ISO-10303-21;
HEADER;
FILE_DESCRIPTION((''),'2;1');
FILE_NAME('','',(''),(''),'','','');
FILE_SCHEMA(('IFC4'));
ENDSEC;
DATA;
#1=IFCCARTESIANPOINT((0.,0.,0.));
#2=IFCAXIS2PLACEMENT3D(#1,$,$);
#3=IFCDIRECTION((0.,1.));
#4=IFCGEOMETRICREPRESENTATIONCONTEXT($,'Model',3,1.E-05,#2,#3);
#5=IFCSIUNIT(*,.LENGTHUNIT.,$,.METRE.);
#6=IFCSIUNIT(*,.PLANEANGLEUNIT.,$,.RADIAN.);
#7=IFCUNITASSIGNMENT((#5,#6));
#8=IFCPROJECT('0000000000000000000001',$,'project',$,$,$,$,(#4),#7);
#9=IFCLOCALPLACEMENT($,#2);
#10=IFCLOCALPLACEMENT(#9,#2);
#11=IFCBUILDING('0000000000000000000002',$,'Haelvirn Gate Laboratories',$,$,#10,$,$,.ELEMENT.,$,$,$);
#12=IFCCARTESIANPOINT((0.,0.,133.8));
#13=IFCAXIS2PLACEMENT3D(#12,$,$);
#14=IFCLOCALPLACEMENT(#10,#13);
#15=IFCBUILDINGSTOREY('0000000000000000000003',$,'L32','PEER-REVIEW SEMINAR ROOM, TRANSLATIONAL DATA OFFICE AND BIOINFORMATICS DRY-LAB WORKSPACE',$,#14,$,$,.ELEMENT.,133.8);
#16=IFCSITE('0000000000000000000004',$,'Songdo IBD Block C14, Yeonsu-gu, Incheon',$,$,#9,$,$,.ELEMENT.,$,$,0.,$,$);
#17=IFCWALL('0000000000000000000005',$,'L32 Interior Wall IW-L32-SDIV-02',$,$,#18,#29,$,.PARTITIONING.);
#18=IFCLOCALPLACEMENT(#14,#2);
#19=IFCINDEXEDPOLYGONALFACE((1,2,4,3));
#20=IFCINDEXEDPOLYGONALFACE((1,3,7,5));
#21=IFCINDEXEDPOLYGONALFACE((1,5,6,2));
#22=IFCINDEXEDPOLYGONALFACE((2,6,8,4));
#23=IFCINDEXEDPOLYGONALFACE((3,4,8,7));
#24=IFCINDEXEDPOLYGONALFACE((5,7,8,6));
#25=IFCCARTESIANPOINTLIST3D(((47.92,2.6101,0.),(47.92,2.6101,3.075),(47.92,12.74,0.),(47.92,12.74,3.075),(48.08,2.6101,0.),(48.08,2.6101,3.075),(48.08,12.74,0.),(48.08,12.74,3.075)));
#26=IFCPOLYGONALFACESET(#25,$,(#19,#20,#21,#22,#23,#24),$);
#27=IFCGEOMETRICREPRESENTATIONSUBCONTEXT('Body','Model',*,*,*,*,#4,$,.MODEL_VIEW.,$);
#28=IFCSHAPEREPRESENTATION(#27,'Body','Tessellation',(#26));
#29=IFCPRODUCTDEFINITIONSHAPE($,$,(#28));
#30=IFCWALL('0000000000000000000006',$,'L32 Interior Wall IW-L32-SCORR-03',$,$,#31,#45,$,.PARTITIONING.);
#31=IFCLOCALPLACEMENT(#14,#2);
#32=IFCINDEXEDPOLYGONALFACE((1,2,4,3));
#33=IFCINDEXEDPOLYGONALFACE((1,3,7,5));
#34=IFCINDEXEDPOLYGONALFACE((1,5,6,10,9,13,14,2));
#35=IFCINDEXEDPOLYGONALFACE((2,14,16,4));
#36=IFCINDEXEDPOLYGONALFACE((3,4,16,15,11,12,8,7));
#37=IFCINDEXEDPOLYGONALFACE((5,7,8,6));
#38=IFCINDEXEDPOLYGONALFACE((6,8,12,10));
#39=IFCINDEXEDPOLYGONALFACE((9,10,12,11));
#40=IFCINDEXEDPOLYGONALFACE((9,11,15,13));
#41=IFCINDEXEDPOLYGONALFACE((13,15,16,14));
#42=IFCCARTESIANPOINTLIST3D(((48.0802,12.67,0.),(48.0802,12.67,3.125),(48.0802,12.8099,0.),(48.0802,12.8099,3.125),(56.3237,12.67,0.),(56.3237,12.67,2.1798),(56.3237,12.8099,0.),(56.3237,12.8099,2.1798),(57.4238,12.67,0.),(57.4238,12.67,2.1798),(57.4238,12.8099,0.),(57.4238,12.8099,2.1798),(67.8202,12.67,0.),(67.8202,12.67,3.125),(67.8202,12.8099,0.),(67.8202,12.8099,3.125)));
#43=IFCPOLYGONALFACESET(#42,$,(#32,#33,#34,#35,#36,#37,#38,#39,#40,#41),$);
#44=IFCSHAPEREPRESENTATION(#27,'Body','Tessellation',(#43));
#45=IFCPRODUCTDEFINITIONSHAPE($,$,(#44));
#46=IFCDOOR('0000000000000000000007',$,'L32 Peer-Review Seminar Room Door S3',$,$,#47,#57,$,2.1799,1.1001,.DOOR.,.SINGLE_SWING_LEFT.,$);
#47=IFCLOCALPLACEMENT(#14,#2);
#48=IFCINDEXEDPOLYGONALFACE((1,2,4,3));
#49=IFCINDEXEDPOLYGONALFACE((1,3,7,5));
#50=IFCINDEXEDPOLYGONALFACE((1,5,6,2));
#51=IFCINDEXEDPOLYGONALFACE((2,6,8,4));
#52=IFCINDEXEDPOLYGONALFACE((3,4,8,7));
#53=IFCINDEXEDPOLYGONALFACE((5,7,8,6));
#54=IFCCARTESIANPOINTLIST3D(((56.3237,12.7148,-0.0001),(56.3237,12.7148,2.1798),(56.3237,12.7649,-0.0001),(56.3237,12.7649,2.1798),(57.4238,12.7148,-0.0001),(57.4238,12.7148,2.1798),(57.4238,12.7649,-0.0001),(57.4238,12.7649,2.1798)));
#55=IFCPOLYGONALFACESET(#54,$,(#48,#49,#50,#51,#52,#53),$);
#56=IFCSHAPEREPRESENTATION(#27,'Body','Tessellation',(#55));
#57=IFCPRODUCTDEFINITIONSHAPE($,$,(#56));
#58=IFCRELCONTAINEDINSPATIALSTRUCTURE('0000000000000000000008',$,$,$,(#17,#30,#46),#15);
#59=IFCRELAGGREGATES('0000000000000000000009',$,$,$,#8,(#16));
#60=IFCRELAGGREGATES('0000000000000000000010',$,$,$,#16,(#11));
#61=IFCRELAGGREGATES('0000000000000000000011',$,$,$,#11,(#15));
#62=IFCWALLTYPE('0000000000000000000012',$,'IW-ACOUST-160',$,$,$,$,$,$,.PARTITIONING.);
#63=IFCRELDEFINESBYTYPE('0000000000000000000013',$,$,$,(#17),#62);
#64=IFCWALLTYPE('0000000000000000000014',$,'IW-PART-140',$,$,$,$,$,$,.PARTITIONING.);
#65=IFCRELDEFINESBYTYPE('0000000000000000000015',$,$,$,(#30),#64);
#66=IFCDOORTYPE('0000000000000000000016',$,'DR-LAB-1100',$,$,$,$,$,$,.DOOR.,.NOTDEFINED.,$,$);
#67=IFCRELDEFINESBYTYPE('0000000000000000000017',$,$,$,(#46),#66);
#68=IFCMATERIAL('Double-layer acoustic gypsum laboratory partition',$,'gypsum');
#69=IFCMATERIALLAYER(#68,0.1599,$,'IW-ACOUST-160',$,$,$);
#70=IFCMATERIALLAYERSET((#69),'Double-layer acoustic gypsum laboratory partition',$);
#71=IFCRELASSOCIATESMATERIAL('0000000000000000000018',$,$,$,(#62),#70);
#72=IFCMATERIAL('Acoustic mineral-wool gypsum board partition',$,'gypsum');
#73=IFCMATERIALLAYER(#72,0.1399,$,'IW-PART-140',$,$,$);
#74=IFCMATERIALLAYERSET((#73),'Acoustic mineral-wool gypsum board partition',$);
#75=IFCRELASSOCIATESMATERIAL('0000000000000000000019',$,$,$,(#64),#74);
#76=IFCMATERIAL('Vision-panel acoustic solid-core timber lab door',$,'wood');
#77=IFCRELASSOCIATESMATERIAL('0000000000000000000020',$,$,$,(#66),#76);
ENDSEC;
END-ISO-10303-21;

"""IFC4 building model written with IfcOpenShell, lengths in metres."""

from ifc_helpers import new_model, si_unit, direction, frame, frame_2d, origin, place, context, subcontext, project, spatial, rectangle, extrude, source, transform, mapped, material, layer, layer_set, type_object, type_shapes, element, fill, save


model = new_model("IFC4")

# Units and contexts
model_context = context("Model", 3, precision=1e-05, world=origin(), true_north=direction((0.0, 1.0)))
body_context = subcontext(model_context, "Body", "Model", "MODEL_VIEW")
ifc_project = project(units=[si_unit("LENGTHUNIT", "METRE"), si_unit("PLANEANGLEUNIT", "RADIAN")], contexts=[model_context])

# Site, building, storey
site_placement = place(None, origin())
site = spatial("IfcSite", under=ifc_project, at=site_placement, Name="Songdo IBD Block C14, Yeonsu-gu, Incheon", CompositionType="ELEMENT", RefElevation=0.0)
building_placement = place(site_placement, origin())
building = spatial("IfcBuilding", under=site, at=building_placement, Name="Haelvirn Gate Laboratories", CompositionType="ELEMENT")
storey_placement = place(building_placement, frame((0.0, 0.0, 133.8)))
storey = spatial("IfcBuildingStorey", under=building, at=storey_placement, Name="L32", Description="PEER-REVIEW SEMINAR ROOM, TRANSLATIONAL DATA OFFICE AND BIOINFORMATICS DRY-LAB WORKSPACE", CompositionType="ELEMENT", Elevation=133.8)

# Wall
ifc_material_1 = material(Name="Double-layer acoustic gypsum laboratory partition", Category="gypsum")
ifc_layer_1 = layer(ifc_material_1, 0.1599, Name="IW-ACOUST-160")
ifc_layer_set_1 = layer_set([ifc_layer_1], Name="Double-layer acoustic gypsum laboratory partition")
wall_type_1 = type_object("IfcWallType", Name="IW-ACOUST-160", PredefinedType="PARTITIONING", material=ifc_layer_set_1)
wall_1_placement = place(storey_placement, frame((48.0, 2.6101, 0.0), z_axis=(0.0, 0.0, 1.0), x_axis=(0.0, 1.0, 0.0)))
element("IfcWall", 1, at=wall_1_placement, inside=storey, type_object=wall_type_1, Name="L32 Interior Wall IW-L32-SDIV-02", PredefinedType="PARTITIONING", context=body_context, shape_type="SweptSolid", body=[
    extrude(rectangle(XDim=10.1299, YDim=0.1599, at=frame_2d((5.0649, 0.0))), origin(), (0.0, 0.0, 1.0), 3.075),
])

# Wall, opening, door
ifc_material_2 = material(Name="Acoustic mineral-wool gypsum board partition", Category="gypsum")
ifc_layer_2 = layer(ifc_material_2, 0.1399, Name="IW-PART-140")
ifc_layer_set_2 = layer_set([ifc_layer_2], Name="Acoustic mineral-wool gypsum board partition")
wall_type_2 = type_object("IfcWallType", Name="IW-PART-140", PredefinedType="PARTITIONING", material=ifc_layer_set_2)
wall_2_placement = place(storey_placement, frame((48.0801, 12.74, 0.0), z_axis=(0.0, 0.0, 1.0), x_axis=(1.0, 0.0, 0.0)))
wall_2 = element("IfcWall", 2, at=wall_2_placement, inside=storey, type_object=wall_type_2, Name="L32 Interior Wall IW-L32-SCORR-03", PredefinedType="PARTITIONING", context=body_context, shape_type="SweptSolid", body=[
    extrude(rectangle(XDim=19.74, YDim=0.1399, at=frame_2d((9.8701, 0.0))), origin(), (0.0, 0.0, 1.0), 3.125),
])
opening_placement = place(wall_2_placement, frame((8.2437, 0.0, 0.0)))
opening = element("IfcOpeningElement", 3, at=opening_placement, cuts=wall_2, PredefinedType="OPENING", context=body_context, shape_type="SweptSolid", body=[
    extrude(rectangle(XDim=1.1001, YDim=2.1799, at=frame_2d((0.55, 1.0898))), frame((0.0, 0.0801, 0.0), z_axis=(0.0, -1.0, 0.0), x_axis=(1.0, 0.0, 0.0)), (0.0, 0.0, 1.0), 0.1599),
])
ifc_material_3 = material(Name="Vision-panel acoustic solid-core timber lab door", Category="wood")
door_type = type_object("IfcDoorType", Name="DR-LAB-1100", OperationType="NOTDEFINED", PredefinedType="DOOR", material=ifc_material_3)
shared_shape_1 = source(origin(), body_context, "Body", "SweptSolid", [
    extrude(rectangle(XDim=1.1001, YDim=2.1799, at=frame_2d((0.55, 1.0898))), frame((0.0, 0.0249, 0.0), z_axis=(0.0, -1.0, 0.0), x_axis=(1.0, 0.0, 0.0)), (0.0, 0.0, 1.0), 0.05),
])
type_shapes(door_type, [shared_shape_1])
door_placement = place(opening_placement, origin())
door = element("IfcDoor", 4, at=door_placement, inside=storey, type_object=door_type, Name="L32 Peer-Review Seminar Room Door S3", OperationType="SINGLE_SWING_LEFT", OverallHeight=2.1799, OverallWidth=1.1001, PredefinedType="DOOR", context=body_context, shape_type="MappedRepresentation", body=[
    mapped(shared_shape_1, transform((0.0, 0.0, 0.0), scale=1.0)),
])
fill(opening, door)

save(model, "model.ifc")
